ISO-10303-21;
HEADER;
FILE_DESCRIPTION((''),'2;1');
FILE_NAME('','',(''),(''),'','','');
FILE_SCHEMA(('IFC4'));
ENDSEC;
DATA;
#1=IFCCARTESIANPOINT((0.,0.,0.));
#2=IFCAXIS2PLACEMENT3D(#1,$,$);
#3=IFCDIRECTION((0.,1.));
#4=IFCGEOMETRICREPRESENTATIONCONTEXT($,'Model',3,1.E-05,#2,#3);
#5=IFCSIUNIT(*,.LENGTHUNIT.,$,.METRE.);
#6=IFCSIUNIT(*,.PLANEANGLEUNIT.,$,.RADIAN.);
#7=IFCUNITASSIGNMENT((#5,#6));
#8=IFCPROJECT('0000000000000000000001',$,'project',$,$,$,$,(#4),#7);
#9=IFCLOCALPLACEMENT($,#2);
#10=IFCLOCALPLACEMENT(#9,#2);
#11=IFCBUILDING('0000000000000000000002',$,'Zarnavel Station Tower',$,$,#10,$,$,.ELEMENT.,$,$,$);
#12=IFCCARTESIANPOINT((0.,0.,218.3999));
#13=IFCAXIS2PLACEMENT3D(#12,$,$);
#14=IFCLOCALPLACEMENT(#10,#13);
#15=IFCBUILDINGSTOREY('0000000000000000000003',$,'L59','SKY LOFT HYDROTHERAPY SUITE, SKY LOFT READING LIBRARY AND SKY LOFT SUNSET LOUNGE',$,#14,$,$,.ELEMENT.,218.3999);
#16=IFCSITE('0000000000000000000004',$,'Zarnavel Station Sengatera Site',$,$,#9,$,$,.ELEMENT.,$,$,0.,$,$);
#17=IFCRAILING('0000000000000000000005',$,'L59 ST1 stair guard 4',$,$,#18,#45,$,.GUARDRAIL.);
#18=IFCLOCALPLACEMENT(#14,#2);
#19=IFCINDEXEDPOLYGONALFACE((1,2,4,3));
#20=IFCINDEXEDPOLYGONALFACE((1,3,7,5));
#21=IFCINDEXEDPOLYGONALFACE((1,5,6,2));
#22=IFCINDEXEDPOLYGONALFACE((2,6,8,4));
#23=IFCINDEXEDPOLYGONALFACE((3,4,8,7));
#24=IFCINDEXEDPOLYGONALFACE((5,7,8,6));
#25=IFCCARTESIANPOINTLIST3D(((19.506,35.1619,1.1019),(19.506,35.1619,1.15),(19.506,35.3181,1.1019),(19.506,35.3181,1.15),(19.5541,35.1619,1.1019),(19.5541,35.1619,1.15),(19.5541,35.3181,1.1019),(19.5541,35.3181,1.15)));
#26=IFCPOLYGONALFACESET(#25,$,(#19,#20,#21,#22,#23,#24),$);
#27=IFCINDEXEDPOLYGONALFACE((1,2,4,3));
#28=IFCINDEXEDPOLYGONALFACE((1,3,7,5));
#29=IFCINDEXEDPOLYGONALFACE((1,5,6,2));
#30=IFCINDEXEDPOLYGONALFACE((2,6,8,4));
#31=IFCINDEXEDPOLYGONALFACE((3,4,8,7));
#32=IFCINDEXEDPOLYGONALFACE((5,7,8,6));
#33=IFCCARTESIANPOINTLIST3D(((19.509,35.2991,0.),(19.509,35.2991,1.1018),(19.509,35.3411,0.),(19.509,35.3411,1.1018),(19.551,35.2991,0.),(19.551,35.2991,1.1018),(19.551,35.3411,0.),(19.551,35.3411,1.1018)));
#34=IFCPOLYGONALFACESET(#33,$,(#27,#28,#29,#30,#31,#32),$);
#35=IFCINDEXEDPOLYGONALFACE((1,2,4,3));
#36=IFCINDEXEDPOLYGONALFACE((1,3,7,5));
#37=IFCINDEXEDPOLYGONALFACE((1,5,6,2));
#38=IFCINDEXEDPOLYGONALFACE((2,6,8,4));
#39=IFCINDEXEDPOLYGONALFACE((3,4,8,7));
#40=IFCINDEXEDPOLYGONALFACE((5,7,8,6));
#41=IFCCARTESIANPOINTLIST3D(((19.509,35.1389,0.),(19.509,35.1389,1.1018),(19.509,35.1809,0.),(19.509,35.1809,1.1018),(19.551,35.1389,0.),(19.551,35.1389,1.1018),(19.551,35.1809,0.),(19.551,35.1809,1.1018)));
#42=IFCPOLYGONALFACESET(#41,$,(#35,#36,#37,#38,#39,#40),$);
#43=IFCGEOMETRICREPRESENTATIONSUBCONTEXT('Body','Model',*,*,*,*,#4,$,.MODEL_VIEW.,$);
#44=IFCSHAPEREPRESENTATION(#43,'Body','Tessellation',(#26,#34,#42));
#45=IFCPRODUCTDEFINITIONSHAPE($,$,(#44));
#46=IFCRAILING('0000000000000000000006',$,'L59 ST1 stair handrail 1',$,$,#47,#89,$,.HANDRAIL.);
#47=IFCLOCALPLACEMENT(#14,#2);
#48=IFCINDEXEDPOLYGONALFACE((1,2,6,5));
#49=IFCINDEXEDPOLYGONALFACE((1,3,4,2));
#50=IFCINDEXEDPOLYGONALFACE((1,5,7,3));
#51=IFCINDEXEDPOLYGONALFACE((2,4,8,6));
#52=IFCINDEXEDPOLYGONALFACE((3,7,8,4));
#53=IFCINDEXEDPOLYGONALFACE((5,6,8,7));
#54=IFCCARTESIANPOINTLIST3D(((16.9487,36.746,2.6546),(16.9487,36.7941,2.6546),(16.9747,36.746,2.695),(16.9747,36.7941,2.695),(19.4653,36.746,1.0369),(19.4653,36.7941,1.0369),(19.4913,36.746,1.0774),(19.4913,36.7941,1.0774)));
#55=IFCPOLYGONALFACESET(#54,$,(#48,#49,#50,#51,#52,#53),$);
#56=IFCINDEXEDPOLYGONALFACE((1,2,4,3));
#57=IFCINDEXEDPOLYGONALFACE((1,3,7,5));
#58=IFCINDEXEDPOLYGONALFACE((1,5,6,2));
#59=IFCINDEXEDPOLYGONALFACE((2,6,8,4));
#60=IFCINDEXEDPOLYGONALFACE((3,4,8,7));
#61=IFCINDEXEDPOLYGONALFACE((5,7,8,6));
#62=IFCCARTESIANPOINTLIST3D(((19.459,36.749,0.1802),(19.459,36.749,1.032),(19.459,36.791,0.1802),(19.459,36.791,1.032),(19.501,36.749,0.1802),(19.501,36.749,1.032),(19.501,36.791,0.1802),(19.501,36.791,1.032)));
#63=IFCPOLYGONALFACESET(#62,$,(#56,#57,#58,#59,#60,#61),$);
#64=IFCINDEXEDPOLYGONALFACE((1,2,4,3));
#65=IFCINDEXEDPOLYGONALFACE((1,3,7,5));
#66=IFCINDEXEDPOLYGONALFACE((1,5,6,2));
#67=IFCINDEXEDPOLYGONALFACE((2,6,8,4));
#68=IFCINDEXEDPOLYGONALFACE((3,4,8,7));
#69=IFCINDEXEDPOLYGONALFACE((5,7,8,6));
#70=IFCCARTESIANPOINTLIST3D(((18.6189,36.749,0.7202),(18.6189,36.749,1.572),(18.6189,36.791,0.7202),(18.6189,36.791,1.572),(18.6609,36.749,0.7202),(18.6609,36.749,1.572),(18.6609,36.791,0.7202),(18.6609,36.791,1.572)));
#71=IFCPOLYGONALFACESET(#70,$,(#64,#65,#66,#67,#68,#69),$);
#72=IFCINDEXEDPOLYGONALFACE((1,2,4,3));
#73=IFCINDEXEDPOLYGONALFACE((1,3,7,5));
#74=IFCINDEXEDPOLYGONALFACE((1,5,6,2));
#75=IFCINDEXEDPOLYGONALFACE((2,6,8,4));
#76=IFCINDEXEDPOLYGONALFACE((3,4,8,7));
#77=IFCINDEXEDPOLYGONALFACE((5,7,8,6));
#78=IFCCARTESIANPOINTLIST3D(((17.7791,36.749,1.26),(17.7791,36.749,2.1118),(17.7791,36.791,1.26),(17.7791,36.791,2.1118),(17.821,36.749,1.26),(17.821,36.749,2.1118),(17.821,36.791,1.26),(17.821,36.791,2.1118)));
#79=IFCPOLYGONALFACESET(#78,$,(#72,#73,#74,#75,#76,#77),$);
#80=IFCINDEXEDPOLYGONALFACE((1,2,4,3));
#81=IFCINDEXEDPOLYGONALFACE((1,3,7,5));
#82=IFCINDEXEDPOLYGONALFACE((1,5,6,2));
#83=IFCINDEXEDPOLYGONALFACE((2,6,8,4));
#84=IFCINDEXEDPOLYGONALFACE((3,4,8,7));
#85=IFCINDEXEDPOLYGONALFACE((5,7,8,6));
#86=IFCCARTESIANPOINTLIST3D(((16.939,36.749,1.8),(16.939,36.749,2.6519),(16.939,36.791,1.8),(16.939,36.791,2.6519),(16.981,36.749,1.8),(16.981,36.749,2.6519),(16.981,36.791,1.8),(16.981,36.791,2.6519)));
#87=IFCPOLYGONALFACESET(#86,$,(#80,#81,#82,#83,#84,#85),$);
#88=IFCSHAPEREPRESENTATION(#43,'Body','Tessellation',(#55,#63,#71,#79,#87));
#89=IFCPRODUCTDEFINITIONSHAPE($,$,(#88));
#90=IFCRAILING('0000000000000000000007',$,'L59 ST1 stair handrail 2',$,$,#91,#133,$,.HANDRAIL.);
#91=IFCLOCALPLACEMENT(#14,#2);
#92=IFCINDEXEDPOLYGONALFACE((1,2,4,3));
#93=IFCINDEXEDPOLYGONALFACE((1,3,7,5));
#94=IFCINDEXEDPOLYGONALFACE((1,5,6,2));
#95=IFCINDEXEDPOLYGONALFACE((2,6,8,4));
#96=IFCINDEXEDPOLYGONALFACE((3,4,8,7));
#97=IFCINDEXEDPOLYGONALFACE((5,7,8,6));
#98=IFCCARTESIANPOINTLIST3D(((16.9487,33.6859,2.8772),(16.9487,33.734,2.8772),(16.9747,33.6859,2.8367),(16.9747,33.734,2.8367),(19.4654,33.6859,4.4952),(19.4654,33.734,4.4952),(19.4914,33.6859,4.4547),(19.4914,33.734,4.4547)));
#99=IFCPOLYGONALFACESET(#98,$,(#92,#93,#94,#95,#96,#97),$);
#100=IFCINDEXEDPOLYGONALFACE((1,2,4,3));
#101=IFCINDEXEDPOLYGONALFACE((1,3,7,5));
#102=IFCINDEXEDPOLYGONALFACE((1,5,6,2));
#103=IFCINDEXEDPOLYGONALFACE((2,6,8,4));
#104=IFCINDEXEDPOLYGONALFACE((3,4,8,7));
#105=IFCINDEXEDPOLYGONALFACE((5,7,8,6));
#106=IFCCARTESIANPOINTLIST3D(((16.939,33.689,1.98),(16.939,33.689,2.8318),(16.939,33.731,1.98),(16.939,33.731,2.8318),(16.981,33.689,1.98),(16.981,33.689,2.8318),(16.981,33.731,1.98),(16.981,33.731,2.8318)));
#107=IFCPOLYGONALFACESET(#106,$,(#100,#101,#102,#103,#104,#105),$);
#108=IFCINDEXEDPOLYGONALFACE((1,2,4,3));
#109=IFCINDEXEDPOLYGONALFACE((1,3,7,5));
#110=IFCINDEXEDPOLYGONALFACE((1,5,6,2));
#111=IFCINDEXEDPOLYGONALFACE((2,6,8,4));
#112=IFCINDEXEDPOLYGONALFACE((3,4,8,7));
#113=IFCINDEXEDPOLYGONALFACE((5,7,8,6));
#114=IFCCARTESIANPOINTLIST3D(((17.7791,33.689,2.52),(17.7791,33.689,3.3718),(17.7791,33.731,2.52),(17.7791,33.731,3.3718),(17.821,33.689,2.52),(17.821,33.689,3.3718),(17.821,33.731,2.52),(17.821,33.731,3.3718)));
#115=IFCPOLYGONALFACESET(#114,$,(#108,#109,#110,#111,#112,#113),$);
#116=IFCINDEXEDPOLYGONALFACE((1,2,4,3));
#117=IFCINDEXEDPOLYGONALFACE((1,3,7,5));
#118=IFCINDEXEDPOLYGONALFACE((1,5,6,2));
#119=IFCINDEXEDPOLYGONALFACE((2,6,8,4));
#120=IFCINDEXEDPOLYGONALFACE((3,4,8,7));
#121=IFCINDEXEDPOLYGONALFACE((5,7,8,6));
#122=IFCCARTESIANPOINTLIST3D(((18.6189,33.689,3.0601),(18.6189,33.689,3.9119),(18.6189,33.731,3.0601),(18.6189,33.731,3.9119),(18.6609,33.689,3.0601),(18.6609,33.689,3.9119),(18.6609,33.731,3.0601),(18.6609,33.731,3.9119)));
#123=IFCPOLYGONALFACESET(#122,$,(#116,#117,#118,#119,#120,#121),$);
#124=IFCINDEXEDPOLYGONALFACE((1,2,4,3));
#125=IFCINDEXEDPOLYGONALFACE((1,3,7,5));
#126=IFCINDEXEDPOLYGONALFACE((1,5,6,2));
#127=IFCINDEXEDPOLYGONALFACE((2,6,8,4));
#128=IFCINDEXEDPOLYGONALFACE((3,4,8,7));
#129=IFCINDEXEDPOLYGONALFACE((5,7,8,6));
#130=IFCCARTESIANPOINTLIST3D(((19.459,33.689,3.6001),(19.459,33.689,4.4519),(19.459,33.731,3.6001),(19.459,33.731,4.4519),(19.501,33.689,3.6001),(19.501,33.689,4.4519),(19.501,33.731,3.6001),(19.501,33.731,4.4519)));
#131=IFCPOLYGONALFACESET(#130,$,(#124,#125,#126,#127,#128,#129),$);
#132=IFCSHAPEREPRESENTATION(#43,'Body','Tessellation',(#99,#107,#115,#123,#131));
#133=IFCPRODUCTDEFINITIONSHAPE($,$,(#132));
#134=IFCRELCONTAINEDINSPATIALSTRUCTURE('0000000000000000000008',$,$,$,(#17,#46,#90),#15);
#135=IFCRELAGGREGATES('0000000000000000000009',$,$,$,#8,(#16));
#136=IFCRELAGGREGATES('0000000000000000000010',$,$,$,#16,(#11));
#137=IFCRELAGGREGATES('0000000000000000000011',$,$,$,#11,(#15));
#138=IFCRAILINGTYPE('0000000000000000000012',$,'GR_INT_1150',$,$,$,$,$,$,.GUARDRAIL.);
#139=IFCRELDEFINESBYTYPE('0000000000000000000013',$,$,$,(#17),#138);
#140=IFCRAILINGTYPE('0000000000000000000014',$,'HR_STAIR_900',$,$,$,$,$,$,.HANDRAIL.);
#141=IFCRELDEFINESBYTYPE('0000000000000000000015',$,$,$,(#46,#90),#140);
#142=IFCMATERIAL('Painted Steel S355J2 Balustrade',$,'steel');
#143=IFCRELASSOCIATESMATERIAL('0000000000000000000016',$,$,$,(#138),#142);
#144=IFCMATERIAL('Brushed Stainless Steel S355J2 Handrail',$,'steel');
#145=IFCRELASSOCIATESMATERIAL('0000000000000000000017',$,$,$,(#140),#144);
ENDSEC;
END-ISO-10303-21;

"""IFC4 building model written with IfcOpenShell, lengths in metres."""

from ifc_helpers import new_model, si_unit, direction, frame, origin, origin_2d, place, context, subcontext, project, spatial, rectangle, extrude, material, type_object, element, save


model = new_model("IFC4")

# Units and contexts
model_context = context("Model", 3, precision=1e-05, world=origin(), true_north=direction((0.0, 1.0)))
body_context = subcontext(model_context, "Body", "Model", "MODEL_VIEW")
ifc_project = project(units=[si_unit("LENGTHUNIT", "METRE"), si_unit("PLANEANGLEUNIT", "RADIAN")], contexts=[model_context])

# Site, building, storey
site_placement = place(None, origin())
site = spatial("IfcSite", under=ifc_project, at=site_placement, Name="Zarnavel Station Sengatera Site", CompositionType="ELEMENT", RefElevation=0.0)
building_placement = place(site_placement, origin())
building = spatial("IfcBuilding", under=site, at=building_placement, Name="Zarnavel Station Tower", CompositionType="ELEMENT")
storey_placement = place(building_placement, frame((0.0, 0.0, 218.3999)))
storey = spatial("IfcBuildingStorey", under=building, at=storey_placement, Name="L59", Description="SKY LOFT HYDROTHERAPY SUITE, SKY LOFT READING LIBRARY AND SKY LOFT SUNSET LOUNGE", CompositionType="ELEMENT", Elevation=218.3999)

# Railings
ifc_material_1 = material(Name="Painted Steel S355J2 Balustrade", Category="steel")
railing_type_1 = type_object("IfcRailingType", Name="GR_INT_1150", PredefinedType="GUARDRAIL", material=ifc_material_1)
railing_1_placement = place(storey_placement, frame((19.53, 35.3201, 0.0)))
element("IfcRailing", 1, at=railing_1_placement, inside=storey, type_object=railing_type_1, Name="L59 ST1 stair guard 4", PredefinedType="GUARDRAIL", context=body_context, shape_type="SweptSolid", body=[
    extrude(rectangle(XDim=0.0481, YDim=0.0481, at=origin_2d()), frame((0.0, -0.002, 1.126), z_axis=(0.0, -1.0, 0.0), x_axis=(1.0, 0.0, 0.0)), (0.0, 0.0, 1.0), 0.1562),
    extrude(rectangle(XDim=0.042, YDim=0.042, at=origin_2d()), origin(), (0.0, 0.0, 1.0), 1.1018),
    extrude(rectangle(XDim=0.042, YDim=0.042, at=origin_2d()), frame((0.0, -0.1602, 0.0)), (0.0, 0.0, 1.0), 1.1018),
])
ifc_material_2 = material(Name="Brushed Stainless Steel S355J2 Handrail", Category="steel")
railing_type_2 = type_object("IfcRailingType", Name="HR_STAIR_900", PredefinedType="HANDRAIL", material=ifc_material_2)
railing_2_placement = place(storey_placement, frame((19.48, 36.77, 0.1802)))
element("IfcRailing", 2, at=railing_2_placement, inside=storey, type_object=railing_type_2, Name="L59 ST1 stair handrail 1", PredefinedType="HANDRAIL", context=body_context, shape_type="SweptSolid", body=[
    extrude(rectangle(XDim=0.0481, YDim=0.0481, at=origin_2d()), frame((-0.0017, 0.0, 0.877), z_axis=(-0.8412, 0.0, 0.540725), x_axis=(0.0, -1.0, 0.0)), (0.0, 0.0, 1.0), 2.9917),
    extrude(rectangle(XDim=0.042, YDim=0.042, at=origin_2d()), origin(), (0.0, 0.0, 1.0), 0.8518),
    extrude(rectangle(XDim=0.042, YDim=0.042, at=origin_2d()), frame((-0.8401, 0.0, 0.54)), (0.0, 0.0, 1.0), 0.8518),
    extrude(rectangle(XDim=0.042, YDim=0.042, at=origin_2d()), frame((-1.6799, 0.0, 1.0798)), (0.0, 0.0, 1.0), 0.8518),
    extrude(rectangle(XDim=0.042, YDim=0.042, at=origin_2d()), frame((-2.52, 0.0, 1.6199)), (0.0, 0.0, 1.0), 0.8518),
])
railing_3_placement = place(storey_placement, frame((16.96, 33.71, 1.98)))
element("IfcRailing", 3, at=railing_3_placement, inside=storey, type_object=railing_type_2, Name="L59 ST1 stair handrail 2", PredefinedType="HANDRAIL", context=body_context, shape_type="SweptSolid", body=[
    extrude(rectangle(XDim=0.0481, YDim=0.0481, at=origin_2d()), frame((0.0017, 0.0, 0.877), z_axis=(0.841163, 0.0, 0.540782), x_axis=(0.0, 1.0, 0.0)), (0.0, 0.0, 1.0), 2.9919),
    extrude(rectangle(XDim=0.042, YDim=0.042, at=origin_2d()), origin(), (0.0, 0.0, 1.0), 0.8518),
    extrude(rectangle(XDim=0.042, YDim=0.042, at=origin_2d()), frame((0.8401, 0.0, 0.54)), (0.0, 0.0, 1.0), 0.8518),
    extrude(rectangle(XDim=0.042, YDim=0.042, at=origin_2d()), frame((1.6799, 0.0, 1.0801)), (0.0, 0.0, 1.0), 0.8518),
    extrude(rectangle(XDim=0.042, YDim=0.042, at=origin_2d()), frame((2.52, 0.0, 1.6201)), (0.0, 0.0, 1.0), 0.8518),
])

save(model, "model.ifc")
